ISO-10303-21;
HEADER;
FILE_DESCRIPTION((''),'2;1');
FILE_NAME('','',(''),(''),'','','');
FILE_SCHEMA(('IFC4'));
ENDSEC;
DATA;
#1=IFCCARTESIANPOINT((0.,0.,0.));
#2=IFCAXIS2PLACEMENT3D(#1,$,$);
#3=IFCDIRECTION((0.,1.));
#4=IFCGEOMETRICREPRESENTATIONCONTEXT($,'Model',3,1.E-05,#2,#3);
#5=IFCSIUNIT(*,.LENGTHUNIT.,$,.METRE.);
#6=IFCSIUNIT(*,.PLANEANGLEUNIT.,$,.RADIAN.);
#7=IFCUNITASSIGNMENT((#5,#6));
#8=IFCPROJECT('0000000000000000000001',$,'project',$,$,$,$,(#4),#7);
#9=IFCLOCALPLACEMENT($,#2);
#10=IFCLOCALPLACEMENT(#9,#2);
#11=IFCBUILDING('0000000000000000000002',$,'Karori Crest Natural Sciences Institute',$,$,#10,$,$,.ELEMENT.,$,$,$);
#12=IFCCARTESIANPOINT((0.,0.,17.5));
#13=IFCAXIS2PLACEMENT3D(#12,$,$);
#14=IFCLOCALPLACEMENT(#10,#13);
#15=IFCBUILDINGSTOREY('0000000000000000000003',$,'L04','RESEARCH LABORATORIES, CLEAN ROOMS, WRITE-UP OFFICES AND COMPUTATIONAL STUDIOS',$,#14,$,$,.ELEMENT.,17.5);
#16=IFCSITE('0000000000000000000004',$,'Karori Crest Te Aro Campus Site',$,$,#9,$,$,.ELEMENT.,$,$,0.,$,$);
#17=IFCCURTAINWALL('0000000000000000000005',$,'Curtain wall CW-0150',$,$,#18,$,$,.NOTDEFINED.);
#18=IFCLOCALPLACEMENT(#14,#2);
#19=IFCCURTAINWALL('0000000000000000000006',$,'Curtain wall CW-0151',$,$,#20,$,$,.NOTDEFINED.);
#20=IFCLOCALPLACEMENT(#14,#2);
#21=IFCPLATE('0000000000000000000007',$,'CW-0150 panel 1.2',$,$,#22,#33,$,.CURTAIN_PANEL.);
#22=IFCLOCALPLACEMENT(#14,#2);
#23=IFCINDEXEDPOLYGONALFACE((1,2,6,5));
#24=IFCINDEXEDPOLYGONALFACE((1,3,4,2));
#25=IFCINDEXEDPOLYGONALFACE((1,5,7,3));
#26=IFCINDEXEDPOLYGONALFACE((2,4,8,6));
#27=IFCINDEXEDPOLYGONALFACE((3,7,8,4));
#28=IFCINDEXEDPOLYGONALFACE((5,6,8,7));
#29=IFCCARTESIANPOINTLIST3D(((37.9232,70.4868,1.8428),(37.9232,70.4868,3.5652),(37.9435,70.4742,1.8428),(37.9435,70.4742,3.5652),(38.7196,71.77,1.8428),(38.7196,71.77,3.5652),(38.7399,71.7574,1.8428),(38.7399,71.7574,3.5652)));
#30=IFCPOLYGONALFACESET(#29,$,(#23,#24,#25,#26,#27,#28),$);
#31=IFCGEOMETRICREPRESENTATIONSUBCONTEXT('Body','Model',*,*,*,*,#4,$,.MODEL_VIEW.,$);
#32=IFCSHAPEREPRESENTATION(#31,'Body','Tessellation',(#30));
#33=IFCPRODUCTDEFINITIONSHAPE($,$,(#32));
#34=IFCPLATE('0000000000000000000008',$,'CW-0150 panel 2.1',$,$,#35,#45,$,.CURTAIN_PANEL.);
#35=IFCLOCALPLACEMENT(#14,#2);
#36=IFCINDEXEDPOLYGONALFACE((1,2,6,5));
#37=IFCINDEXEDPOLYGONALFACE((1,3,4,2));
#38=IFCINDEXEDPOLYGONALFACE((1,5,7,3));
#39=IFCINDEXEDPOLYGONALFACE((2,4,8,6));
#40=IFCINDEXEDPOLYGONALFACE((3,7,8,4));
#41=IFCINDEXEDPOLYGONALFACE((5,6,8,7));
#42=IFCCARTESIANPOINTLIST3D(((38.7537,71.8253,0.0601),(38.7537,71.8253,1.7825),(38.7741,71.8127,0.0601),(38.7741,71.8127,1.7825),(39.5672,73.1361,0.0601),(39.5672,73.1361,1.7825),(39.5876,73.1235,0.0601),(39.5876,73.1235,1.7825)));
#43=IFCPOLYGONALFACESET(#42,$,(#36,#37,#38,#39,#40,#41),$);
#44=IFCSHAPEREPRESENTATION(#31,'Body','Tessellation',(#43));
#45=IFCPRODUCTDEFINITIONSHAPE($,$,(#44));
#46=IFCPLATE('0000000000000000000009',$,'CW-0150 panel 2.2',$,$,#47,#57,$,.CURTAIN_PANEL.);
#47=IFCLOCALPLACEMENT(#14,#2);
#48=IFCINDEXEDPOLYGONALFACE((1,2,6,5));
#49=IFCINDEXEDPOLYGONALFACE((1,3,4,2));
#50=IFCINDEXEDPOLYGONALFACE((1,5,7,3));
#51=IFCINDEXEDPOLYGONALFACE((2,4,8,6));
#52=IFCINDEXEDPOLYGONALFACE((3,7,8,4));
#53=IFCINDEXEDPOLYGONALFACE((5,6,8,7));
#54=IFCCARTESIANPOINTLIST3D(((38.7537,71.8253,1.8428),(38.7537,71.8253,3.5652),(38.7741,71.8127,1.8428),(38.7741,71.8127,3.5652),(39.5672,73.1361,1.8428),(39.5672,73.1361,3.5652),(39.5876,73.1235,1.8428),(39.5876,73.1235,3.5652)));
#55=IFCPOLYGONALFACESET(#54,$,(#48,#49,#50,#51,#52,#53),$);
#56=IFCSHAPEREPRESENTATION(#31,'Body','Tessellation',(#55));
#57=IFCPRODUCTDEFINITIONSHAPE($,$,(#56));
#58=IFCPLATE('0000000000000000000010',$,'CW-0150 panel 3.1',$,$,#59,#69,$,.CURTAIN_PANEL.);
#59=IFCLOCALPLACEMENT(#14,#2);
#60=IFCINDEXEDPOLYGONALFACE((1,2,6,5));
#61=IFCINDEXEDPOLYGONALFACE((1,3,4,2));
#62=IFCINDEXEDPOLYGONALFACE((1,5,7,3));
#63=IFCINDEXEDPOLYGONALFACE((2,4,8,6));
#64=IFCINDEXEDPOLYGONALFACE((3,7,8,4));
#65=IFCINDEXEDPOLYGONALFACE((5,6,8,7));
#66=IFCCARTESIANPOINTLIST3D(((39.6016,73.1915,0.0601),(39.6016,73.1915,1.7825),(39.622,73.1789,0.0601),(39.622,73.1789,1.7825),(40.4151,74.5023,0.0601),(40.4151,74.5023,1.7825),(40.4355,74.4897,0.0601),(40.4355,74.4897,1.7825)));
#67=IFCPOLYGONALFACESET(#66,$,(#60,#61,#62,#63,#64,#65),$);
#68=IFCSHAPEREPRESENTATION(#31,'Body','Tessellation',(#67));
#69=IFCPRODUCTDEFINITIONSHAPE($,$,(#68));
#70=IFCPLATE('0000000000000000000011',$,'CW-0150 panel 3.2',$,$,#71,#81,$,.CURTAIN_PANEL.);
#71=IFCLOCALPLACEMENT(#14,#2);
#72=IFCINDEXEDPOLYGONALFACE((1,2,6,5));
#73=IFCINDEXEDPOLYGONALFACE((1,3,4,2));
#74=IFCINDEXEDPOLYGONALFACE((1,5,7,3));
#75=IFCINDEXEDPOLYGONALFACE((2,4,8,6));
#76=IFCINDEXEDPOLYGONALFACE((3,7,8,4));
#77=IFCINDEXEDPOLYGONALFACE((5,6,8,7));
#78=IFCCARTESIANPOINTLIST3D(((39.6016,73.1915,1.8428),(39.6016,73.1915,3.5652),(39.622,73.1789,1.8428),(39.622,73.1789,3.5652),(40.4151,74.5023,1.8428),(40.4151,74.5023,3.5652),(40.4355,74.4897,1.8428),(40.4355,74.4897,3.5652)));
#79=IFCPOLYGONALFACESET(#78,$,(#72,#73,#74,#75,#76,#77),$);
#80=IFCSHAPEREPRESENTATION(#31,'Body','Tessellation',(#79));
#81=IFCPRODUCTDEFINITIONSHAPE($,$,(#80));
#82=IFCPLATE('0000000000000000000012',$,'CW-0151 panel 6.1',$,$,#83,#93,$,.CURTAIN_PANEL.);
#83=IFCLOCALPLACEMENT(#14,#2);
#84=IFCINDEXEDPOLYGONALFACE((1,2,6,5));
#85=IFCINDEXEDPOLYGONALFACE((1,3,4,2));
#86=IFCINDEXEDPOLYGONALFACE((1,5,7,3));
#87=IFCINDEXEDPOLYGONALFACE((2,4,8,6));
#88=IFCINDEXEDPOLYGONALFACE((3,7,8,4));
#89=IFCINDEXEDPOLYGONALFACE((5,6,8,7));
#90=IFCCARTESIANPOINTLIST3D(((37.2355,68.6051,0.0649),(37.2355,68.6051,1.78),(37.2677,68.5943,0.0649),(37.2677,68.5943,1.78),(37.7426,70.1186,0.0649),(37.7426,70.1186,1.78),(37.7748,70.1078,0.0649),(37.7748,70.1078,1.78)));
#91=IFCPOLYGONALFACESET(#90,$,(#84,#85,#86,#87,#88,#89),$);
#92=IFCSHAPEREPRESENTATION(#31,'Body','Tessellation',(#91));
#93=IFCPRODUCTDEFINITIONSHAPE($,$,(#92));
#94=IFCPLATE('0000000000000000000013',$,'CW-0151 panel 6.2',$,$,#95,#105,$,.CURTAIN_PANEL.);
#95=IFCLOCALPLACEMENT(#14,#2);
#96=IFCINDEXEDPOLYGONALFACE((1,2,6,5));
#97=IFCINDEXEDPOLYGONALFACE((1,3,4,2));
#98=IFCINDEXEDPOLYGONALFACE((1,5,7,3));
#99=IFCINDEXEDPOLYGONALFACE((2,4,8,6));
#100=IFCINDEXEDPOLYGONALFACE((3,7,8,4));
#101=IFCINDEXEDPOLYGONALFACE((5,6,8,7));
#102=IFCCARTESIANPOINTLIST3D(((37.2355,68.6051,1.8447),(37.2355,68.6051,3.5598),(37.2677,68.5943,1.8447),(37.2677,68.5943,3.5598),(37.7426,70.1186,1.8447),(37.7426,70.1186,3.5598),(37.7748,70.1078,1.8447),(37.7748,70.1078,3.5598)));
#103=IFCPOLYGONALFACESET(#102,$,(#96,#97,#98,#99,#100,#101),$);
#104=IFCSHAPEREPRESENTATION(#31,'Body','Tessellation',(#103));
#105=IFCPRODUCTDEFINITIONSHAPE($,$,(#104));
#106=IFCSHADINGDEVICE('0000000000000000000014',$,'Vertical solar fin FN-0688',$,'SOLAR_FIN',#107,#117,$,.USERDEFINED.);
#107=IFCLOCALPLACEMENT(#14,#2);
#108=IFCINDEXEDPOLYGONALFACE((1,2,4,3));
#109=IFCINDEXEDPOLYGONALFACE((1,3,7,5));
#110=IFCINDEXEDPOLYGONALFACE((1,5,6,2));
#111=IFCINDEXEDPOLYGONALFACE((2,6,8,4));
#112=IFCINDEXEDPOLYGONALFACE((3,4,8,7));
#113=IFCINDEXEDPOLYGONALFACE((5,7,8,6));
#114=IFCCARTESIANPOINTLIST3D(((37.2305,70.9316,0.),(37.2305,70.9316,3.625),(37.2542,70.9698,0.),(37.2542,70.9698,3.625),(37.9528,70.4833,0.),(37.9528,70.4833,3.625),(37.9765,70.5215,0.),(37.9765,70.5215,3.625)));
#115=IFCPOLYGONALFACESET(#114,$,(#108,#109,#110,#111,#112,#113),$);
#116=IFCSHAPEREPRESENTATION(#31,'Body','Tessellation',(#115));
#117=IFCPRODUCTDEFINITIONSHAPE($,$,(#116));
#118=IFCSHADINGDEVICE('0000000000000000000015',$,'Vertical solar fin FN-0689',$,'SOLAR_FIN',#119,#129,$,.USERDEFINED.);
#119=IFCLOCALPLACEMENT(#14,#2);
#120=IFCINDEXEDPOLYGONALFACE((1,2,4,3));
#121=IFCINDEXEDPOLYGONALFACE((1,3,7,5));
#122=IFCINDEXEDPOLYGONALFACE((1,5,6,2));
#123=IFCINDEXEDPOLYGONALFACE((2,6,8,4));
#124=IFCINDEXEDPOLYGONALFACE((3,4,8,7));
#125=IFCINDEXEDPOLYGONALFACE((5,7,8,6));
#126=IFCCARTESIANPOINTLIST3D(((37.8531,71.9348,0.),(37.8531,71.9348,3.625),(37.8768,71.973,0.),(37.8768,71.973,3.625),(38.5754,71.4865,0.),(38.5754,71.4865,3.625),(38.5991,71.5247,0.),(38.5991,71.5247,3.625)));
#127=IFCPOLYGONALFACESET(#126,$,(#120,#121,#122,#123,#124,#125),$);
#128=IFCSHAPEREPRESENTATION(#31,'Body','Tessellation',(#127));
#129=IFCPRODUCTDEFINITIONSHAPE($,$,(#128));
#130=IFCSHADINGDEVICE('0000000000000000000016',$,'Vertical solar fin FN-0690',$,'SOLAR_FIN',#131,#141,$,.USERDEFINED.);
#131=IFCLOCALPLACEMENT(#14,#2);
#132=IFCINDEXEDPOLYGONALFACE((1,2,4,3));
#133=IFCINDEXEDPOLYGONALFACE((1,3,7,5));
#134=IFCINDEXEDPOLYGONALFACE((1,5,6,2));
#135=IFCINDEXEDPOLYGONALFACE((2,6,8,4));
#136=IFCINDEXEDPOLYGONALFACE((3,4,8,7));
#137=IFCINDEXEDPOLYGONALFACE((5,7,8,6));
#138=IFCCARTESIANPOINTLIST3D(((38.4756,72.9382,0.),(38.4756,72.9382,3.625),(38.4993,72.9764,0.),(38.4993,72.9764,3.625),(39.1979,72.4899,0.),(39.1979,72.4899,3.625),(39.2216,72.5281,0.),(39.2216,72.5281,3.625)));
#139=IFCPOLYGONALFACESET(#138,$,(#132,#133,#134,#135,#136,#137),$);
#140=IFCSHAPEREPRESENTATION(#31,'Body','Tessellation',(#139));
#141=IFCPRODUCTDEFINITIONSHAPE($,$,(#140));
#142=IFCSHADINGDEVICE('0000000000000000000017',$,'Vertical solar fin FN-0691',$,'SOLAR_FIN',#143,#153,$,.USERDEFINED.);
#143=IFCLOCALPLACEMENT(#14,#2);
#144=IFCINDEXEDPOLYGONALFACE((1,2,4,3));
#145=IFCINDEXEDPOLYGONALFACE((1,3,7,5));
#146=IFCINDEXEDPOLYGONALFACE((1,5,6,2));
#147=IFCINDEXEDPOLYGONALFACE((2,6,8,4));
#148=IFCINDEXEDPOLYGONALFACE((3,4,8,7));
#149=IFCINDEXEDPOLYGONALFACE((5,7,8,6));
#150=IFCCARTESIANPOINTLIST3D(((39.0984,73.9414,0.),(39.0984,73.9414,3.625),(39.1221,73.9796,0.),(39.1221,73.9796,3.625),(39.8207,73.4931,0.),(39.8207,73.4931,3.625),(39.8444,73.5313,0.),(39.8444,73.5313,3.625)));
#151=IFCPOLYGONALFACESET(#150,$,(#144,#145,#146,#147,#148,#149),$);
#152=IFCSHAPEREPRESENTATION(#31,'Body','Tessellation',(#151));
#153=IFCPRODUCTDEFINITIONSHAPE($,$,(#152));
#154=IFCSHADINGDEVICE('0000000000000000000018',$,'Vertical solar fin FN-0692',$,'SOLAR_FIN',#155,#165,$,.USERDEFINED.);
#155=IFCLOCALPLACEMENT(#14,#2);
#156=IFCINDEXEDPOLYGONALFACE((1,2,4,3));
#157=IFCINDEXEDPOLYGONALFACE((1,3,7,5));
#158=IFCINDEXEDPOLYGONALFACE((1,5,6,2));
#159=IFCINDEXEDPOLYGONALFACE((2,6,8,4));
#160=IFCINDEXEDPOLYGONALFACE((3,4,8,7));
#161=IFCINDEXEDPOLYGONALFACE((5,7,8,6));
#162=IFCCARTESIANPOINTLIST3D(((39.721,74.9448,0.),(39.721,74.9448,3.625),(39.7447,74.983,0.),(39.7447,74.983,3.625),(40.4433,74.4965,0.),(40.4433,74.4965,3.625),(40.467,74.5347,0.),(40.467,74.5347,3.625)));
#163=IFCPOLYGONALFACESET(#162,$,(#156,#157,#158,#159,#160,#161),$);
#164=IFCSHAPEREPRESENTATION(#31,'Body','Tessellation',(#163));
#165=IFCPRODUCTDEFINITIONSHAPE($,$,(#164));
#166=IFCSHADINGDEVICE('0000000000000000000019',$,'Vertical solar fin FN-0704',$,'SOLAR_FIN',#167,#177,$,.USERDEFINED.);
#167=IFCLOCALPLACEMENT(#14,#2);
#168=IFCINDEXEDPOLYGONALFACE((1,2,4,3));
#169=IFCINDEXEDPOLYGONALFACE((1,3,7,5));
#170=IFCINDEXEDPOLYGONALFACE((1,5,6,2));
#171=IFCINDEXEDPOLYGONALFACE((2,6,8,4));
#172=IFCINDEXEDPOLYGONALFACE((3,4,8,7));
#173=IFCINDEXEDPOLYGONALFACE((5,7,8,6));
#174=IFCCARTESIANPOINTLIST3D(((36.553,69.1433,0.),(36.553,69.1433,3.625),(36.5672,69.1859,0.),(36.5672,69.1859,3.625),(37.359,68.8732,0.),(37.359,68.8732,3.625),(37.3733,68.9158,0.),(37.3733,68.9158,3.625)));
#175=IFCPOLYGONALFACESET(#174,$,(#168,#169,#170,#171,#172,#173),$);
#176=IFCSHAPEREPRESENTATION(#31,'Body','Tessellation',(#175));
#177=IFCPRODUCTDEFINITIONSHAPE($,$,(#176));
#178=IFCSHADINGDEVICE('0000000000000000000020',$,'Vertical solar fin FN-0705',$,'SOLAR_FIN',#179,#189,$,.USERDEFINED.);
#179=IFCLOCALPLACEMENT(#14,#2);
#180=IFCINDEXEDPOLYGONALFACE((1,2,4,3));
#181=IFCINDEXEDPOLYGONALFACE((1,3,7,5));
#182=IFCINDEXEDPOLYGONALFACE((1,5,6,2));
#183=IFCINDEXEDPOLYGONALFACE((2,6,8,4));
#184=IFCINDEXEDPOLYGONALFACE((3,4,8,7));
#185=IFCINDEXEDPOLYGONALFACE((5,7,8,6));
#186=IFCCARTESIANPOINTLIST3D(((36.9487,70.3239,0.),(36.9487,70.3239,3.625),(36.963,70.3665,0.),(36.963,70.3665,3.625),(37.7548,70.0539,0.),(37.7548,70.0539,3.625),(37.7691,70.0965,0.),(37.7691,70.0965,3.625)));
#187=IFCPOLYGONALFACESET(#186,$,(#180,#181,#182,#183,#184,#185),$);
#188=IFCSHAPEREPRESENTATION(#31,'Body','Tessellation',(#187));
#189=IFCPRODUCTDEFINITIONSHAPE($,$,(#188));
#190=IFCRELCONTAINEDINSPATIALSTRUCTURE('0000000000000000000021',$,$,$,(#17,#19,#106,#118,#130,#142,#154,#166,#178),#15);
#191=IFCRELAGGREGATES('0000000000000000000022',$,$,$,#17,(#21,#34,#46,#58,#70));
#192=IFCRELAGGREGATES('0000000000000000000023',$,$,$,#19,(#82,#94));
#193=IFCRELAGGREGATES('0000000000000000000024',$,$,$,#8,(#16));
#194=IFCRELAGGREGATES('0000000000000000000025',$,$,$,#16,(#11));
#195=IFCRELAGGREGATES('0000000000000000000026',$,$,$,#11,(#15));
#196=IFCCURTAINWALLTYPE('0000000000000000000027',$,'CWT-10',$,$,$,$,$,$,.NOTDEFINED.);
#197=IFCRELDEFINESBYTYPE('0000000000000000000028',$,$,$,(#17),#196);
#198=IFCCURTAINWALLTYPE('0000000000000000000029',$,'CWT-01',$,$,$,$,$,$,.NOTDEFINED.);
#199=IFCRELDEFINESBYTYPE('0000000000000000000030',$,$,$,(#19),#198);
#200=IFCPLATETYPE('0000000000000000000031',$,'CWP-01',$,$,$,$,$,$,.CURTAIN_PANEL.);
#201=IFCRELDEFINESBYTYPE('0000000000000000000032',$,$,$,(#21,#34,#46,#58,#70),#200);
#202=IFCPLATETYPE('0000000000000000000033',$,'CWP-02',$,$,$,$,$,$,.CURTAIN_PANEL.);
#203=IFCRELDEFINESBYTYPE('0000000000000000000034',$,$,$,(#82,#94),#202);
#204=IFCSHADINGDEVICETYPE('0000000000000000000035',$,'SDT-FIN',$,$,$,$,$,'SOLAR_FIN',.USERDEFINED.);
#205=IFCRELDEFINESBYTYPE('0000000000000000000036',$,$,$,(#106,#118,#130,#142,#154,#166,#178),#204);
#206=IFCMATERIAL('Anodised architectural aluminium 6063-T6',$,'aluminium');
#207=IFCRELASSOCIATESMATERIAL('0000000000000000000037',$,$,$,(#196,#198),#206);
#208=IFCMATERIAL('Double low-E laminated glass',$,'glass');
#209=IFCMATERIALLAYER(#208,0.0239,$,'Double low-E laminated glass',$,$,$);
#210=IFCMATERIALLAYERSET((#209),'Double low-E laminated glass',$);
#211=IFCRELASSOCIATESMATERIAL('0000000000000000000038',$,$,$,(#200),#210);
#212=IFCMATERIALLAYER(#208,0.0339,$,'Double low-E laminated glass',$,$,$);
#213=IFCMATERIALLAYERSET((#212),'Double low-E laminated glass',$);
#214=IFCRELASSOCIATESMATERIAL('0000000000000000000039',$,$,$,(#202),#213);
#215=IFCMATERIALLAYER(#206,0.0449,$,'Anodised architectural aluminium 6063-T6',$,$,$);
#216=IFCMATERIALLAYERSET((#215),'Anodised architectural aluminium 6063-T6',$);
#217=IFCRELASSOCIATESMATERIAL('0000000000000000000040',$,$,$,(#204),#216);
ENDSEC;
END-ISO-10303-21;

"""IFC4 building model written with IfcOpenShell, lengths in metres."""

from ifc_helpers import new_model, si_unit, direction, frame, origin, origin_2d, place, context, subcontext, project, spatial, rectangle, extrude, material, layer, layer_set, type_object, element, aggregate, save


model = new_model("IFC4")

# Units and contexts
model_context = context("Model", 3, precision=1e-05, world=origin(), true_north=direction((0.0, 1.0)))
body_context = subcontext(model_context, "Body", "Model", "MODEL_VIEW")
ifc_project = project(units=[si_unit("LENGTHUNIT", "METRE"), si_unit("PLANEANGLEUNIT", "RADIAN")], contexts=[model_context])

# Site, building, storey
site_placement = place(None, origin())
site = spatial("IfcSite", under=ifc_project, at=site_placement, Name="Karori Crest Te Aro Campus Site", CompositionType="ELEMENT", RefElevation=0.0)
building_placement = place(site_placement, origin())
building = spatial("IfcBuilding", under=site, at=building_placement, Name="Karori Crest Natural Sciences Institute", CompositionType="ELEMENT")
storey_placement = place(building_placement, frame((0.0, 0.0, 17.5)))
storey = spatial("IfcBuildingStorey", under=building, at=storey_placement, Name="L04", Description="RESEARCH LABORATORIES, CLEAN ROOMS, WRITE-UP OFFICES AND COMPUTATIONAL STUDIOS", CompositionType="ELEMENT", Elevation=17.5)

# Curtain wall
ifc_material_1 = material(Name="Anodised architectural aluminium 6063-T6", Category="aluminium")
curtain_wall_type_1 = type_object("IfcCurtainWallType", Name="CWT-10", PredefinedType="NOTDEFINED", material=ifc_material_1)
curtain_wall_1_placement = place(storey_placement, origin())
curtain_wall_1 = element("IfcCurtainWall", 1, at=curtain_wall_1_placement, inside=storey, type_object=curtain_wall_type_1, Name="Curtain wall CW-0150", PredefinedType="NOTDEFINED")

# Curtain wall
curtain_wall_type_2 = type_object("IfcCurtainWallType", Name="CWT-01", PredefinedType="NOTDEFINED", material=ifc_material_1)
curtain_wall_2_placement = place(storey_placement, origin())
curtain_wall_2 = element("IfcCurtainWall", 2, at=curtain_wall_2_placement, inside=storey, type_object=curtain_wall_type_2, Name="Curtain wall CW-0151", PredefinedType="NOTDEFINED")

# Plates
ifc_material_2 = material(Name="Double low-E laminated glass", Category="glass")
ifc_layer_1 = layer(ifc_material_2, 0.0239, Name="Double low-E laminated glass")
ifc_layer_set_1 = layer_set([ifc_layer_1], Name="Double low-E laminated glass")
plate_type_1 = type_object("IfcPlateType", Name="CWP-01", PredefinedType="CURTAIN_PANEL", material=ifc_layer_set_1)
plate_1_placement = place(storey_placement, frame((38.3315, 71.1221, 1.8428), z_axis=(0.0, 0.0, 1.0), x_axis=(0.527324, 0.849664, 0.0)))
plate_1 = element("IfcPlate", 3, at=plate_1_placement, type_object=plate_type_1, Name="CW-0150 panel 1.2", PredefinedType="CURTAIN_PANEL", context=body_context, shape_type="SweptSolid", body=[
    extrude(rectangle(XDim=1.5103, YDim=0.0239, at=origin_2d()), origin(), (0.0, 0.0, 1.0), 1.7224),
])
plate_2_placement = place(storey_placement, frame((39.1707, 72.4744, 0.0601), z_axis=(0.0, 0.0, 1.0), x_axis=(0.527324, 0.849664, 0.0)))
plate_2 = element("IfcPlate", 4, at=plate_2_placement, type_object=plate_type_1, Name="CW-0150 panel 2.1", PredefinedType="CURTAIN_PANEL", context=body_context, shape_type="SweptSolid", body=[
    extrude(rectangle(XDim=1.5427, YDim=0.0239, at=origin_2d()), origin(), (0.0, 0.0, 1.0), 1.7224),
])
plate_3_placement = place(storey_placement, frame((39.1707, 72.4744, 1.8428), z_axis=(0.0, 0.0, 1.0), x_axis=(0.527324, 0.849664, 0.0)))
plate_3 = element("IfcPlate", 5, at=plate_3_placement, type_object=plate_type_1, Name="CW-0150 panel 2.2", PredefinedType="CURTAIN_PANEL", context=body_context, shape_type="SweptSolid", body=[
    extrude(rectangle(XDim=1.5427, YDim=0.0239, at=origin_2d()), origin(), (0.0, 0.0, 1.0), 1.7224),
])
plate_4_placement = place(storey_placement, frame((40.0186, 73.8406, 0.0601), z_axis=(0.0, 0.0, 1.0), x_axis=(0.527324, 0.849664, 0.0)))
plate_4 = element("IfcPlate", 6, at=plate_4_placement, type_object=plate_type_1, Name="CW-0150 panel 3.1", PredefinedType="CURTAIN_PANEL", context=body_context, shape_type="SweptSolid", body=[
    extrude(rectangle(XDim=1.5427, YDim=0.0239, at=origin_2d()), origin(), (0.0, 0.0, 1.0), 1.7224),
])
plate_5_placement = place(storey_placement, frame((40.0186, 73.8406, 1.8428), z_axis=(0.0, 0.0, 1.0), x_axis=(0.527324, 0.849664, 0.0)))
plate_5 = element("IfcPlate", 7, at=plate_5_placement, type_object=plate_type_1, Name="CW-0150 panel 3.2", PredefinedType="CURTAIN_PANEL", context=body_context, shape_type="SweptSolid", body=[
    extrude(rectangle(XDim=1.5427, YDim=0.0239, at=origin_2d()), origin(), (0.0, 0.0, 1.0), 1.7224),
])
aggregate(curtain_wall_1, [plate_1, plate_2, plate_3, plate_4, plate_5])
ifc_layer_2 = layer(ifc_material_2, 0.0339, Name="Double low-E laminated glass")
ifc_layer_set_2 = layer_set([ifc_layer_2], Name="Double low-E laminated glass")
plate_type_2 = type_object("IfcPlateType", Name="CWP-02", PredefinedType="CURTAIN_PANEL", material=ifc_layer_set_2)
plate_6_placement = place(storey_placement, frame((37.5051, 69.3564, 0.0649), z_axis=(0.0, 0.0, 1.0), x_axis=(0.31768, 0.948198, 0.0)))
plate_6 = element("IfcPlate", 8, at=plate_6_placement, type_object=plate_type_2, Name="CW-0151 panel 6.1", PredefinedType="CURTAIN_PANEL", context=body_context, shape_type="SweptSolid", body=[
    extrude(rectangle(XDim=1.5962, YDim=0.0339, at=origin_2d()), origin(), (0.0, 0.0, 1.0), 1.7151),
])
plate_7_placement = place(storey_placement, frame((37.5051, 69.3564, 1.8447), z_axis=(0.0, 0.0, 1.0), x_axis=(0.31768, 0.948198, 0.0)))
plate_7 = element("IfcPlate", 9, at=plate_7_placement, type_object=plate_type_2, Name="CW-0151 panel 6.2", PredefinedType="CURTAIN_PANEL", context=body_context, shape_type="SweptSolid", body=[
    extrude(rectangle(XDim=1.5962, YDim=0.0339, at=origin_2d()), origin(), (0.0, 0.0, 1.0), 1.7151),
])
aggregate(curtain_wall_2, [plate_6, plate_7])

# Shading devices
ifc_layer_3 = layer(ifc_material_1, 0.0449, Name="Anodised architectural aluminium 6063-T6")
ifc_layer_set_3 = layer_set([ifc_layer_3], Name="Anodised architectural aluminium 6063-T6")
shading_device_type = type_object("IfcShadingDeviceType", Name="SDT-FIN", ElementType="SOLAR_FIN", PredefinedType="USERDEFINED", material=ifc_layer_set_3)
for number, where, z_axis, x_axis, name in (
    (10, (37.6035, 70.7266, 0.0), (0.0, 0.0, 1.0), (-0.849665, 0.527324, 0.0), "Vertical solar fin FN-0688"),
    (11, (38.2261, 71.7297, 0.0), (0.0, 0.0, 1.0), (-0.849665, 0.527324, 0.0), "Vertical solar fin FN-0689"),
    (12, (38.8486, 72.7332, 0.0), (0.0, 0.0, 1.0), (-0.849665, 0.527324, 0.0), "Vertical solar fin FN-0690"),
    (13, (39.4714, 73.7363, 0.0), (0.0, 0.0, 1.0), (-0.849665, 0.527324, 0.0), "Vertical solar fin FN-0691"),
    (14, (40.094, 74.7397, 0.0), (0.0, 0.0, 1.0), (-0.849665, 0.527324, 0.0), "Vertical solar fin FN-0692"),
    (15, (36.9631, 69.0295, 0.0), (0.0, 0.0, 1.0), (-0.948198, 0.31768, 0.0), "Vertical solar fin FN-0704"),
    (16, (37.3589, 70.2102, 0.0), (0.0, 0.0, 1.0), (-0.948198, 0.31768, 0.0), "Vertical solar fin FN-0705"),
):
    element("IfcShadingDevice", number, at=place(storey_placement, frame(where, z_axis=z_axis, x_axis=x_axis)), inside=storey, type_object=shading_device_type, Name=name, ObjectType="SOLAR_FIN", PredefinedType="USERDEFINED", context=body_context, shape_type="SweptSolid", body=[
        extrude(rectangle(XDim=0.8501, YDim=0.0449, at=origin_2d()), origin(), (0.0, 0.0, 1.0), 3.625),
    ])

save(model, "model.ifc")
